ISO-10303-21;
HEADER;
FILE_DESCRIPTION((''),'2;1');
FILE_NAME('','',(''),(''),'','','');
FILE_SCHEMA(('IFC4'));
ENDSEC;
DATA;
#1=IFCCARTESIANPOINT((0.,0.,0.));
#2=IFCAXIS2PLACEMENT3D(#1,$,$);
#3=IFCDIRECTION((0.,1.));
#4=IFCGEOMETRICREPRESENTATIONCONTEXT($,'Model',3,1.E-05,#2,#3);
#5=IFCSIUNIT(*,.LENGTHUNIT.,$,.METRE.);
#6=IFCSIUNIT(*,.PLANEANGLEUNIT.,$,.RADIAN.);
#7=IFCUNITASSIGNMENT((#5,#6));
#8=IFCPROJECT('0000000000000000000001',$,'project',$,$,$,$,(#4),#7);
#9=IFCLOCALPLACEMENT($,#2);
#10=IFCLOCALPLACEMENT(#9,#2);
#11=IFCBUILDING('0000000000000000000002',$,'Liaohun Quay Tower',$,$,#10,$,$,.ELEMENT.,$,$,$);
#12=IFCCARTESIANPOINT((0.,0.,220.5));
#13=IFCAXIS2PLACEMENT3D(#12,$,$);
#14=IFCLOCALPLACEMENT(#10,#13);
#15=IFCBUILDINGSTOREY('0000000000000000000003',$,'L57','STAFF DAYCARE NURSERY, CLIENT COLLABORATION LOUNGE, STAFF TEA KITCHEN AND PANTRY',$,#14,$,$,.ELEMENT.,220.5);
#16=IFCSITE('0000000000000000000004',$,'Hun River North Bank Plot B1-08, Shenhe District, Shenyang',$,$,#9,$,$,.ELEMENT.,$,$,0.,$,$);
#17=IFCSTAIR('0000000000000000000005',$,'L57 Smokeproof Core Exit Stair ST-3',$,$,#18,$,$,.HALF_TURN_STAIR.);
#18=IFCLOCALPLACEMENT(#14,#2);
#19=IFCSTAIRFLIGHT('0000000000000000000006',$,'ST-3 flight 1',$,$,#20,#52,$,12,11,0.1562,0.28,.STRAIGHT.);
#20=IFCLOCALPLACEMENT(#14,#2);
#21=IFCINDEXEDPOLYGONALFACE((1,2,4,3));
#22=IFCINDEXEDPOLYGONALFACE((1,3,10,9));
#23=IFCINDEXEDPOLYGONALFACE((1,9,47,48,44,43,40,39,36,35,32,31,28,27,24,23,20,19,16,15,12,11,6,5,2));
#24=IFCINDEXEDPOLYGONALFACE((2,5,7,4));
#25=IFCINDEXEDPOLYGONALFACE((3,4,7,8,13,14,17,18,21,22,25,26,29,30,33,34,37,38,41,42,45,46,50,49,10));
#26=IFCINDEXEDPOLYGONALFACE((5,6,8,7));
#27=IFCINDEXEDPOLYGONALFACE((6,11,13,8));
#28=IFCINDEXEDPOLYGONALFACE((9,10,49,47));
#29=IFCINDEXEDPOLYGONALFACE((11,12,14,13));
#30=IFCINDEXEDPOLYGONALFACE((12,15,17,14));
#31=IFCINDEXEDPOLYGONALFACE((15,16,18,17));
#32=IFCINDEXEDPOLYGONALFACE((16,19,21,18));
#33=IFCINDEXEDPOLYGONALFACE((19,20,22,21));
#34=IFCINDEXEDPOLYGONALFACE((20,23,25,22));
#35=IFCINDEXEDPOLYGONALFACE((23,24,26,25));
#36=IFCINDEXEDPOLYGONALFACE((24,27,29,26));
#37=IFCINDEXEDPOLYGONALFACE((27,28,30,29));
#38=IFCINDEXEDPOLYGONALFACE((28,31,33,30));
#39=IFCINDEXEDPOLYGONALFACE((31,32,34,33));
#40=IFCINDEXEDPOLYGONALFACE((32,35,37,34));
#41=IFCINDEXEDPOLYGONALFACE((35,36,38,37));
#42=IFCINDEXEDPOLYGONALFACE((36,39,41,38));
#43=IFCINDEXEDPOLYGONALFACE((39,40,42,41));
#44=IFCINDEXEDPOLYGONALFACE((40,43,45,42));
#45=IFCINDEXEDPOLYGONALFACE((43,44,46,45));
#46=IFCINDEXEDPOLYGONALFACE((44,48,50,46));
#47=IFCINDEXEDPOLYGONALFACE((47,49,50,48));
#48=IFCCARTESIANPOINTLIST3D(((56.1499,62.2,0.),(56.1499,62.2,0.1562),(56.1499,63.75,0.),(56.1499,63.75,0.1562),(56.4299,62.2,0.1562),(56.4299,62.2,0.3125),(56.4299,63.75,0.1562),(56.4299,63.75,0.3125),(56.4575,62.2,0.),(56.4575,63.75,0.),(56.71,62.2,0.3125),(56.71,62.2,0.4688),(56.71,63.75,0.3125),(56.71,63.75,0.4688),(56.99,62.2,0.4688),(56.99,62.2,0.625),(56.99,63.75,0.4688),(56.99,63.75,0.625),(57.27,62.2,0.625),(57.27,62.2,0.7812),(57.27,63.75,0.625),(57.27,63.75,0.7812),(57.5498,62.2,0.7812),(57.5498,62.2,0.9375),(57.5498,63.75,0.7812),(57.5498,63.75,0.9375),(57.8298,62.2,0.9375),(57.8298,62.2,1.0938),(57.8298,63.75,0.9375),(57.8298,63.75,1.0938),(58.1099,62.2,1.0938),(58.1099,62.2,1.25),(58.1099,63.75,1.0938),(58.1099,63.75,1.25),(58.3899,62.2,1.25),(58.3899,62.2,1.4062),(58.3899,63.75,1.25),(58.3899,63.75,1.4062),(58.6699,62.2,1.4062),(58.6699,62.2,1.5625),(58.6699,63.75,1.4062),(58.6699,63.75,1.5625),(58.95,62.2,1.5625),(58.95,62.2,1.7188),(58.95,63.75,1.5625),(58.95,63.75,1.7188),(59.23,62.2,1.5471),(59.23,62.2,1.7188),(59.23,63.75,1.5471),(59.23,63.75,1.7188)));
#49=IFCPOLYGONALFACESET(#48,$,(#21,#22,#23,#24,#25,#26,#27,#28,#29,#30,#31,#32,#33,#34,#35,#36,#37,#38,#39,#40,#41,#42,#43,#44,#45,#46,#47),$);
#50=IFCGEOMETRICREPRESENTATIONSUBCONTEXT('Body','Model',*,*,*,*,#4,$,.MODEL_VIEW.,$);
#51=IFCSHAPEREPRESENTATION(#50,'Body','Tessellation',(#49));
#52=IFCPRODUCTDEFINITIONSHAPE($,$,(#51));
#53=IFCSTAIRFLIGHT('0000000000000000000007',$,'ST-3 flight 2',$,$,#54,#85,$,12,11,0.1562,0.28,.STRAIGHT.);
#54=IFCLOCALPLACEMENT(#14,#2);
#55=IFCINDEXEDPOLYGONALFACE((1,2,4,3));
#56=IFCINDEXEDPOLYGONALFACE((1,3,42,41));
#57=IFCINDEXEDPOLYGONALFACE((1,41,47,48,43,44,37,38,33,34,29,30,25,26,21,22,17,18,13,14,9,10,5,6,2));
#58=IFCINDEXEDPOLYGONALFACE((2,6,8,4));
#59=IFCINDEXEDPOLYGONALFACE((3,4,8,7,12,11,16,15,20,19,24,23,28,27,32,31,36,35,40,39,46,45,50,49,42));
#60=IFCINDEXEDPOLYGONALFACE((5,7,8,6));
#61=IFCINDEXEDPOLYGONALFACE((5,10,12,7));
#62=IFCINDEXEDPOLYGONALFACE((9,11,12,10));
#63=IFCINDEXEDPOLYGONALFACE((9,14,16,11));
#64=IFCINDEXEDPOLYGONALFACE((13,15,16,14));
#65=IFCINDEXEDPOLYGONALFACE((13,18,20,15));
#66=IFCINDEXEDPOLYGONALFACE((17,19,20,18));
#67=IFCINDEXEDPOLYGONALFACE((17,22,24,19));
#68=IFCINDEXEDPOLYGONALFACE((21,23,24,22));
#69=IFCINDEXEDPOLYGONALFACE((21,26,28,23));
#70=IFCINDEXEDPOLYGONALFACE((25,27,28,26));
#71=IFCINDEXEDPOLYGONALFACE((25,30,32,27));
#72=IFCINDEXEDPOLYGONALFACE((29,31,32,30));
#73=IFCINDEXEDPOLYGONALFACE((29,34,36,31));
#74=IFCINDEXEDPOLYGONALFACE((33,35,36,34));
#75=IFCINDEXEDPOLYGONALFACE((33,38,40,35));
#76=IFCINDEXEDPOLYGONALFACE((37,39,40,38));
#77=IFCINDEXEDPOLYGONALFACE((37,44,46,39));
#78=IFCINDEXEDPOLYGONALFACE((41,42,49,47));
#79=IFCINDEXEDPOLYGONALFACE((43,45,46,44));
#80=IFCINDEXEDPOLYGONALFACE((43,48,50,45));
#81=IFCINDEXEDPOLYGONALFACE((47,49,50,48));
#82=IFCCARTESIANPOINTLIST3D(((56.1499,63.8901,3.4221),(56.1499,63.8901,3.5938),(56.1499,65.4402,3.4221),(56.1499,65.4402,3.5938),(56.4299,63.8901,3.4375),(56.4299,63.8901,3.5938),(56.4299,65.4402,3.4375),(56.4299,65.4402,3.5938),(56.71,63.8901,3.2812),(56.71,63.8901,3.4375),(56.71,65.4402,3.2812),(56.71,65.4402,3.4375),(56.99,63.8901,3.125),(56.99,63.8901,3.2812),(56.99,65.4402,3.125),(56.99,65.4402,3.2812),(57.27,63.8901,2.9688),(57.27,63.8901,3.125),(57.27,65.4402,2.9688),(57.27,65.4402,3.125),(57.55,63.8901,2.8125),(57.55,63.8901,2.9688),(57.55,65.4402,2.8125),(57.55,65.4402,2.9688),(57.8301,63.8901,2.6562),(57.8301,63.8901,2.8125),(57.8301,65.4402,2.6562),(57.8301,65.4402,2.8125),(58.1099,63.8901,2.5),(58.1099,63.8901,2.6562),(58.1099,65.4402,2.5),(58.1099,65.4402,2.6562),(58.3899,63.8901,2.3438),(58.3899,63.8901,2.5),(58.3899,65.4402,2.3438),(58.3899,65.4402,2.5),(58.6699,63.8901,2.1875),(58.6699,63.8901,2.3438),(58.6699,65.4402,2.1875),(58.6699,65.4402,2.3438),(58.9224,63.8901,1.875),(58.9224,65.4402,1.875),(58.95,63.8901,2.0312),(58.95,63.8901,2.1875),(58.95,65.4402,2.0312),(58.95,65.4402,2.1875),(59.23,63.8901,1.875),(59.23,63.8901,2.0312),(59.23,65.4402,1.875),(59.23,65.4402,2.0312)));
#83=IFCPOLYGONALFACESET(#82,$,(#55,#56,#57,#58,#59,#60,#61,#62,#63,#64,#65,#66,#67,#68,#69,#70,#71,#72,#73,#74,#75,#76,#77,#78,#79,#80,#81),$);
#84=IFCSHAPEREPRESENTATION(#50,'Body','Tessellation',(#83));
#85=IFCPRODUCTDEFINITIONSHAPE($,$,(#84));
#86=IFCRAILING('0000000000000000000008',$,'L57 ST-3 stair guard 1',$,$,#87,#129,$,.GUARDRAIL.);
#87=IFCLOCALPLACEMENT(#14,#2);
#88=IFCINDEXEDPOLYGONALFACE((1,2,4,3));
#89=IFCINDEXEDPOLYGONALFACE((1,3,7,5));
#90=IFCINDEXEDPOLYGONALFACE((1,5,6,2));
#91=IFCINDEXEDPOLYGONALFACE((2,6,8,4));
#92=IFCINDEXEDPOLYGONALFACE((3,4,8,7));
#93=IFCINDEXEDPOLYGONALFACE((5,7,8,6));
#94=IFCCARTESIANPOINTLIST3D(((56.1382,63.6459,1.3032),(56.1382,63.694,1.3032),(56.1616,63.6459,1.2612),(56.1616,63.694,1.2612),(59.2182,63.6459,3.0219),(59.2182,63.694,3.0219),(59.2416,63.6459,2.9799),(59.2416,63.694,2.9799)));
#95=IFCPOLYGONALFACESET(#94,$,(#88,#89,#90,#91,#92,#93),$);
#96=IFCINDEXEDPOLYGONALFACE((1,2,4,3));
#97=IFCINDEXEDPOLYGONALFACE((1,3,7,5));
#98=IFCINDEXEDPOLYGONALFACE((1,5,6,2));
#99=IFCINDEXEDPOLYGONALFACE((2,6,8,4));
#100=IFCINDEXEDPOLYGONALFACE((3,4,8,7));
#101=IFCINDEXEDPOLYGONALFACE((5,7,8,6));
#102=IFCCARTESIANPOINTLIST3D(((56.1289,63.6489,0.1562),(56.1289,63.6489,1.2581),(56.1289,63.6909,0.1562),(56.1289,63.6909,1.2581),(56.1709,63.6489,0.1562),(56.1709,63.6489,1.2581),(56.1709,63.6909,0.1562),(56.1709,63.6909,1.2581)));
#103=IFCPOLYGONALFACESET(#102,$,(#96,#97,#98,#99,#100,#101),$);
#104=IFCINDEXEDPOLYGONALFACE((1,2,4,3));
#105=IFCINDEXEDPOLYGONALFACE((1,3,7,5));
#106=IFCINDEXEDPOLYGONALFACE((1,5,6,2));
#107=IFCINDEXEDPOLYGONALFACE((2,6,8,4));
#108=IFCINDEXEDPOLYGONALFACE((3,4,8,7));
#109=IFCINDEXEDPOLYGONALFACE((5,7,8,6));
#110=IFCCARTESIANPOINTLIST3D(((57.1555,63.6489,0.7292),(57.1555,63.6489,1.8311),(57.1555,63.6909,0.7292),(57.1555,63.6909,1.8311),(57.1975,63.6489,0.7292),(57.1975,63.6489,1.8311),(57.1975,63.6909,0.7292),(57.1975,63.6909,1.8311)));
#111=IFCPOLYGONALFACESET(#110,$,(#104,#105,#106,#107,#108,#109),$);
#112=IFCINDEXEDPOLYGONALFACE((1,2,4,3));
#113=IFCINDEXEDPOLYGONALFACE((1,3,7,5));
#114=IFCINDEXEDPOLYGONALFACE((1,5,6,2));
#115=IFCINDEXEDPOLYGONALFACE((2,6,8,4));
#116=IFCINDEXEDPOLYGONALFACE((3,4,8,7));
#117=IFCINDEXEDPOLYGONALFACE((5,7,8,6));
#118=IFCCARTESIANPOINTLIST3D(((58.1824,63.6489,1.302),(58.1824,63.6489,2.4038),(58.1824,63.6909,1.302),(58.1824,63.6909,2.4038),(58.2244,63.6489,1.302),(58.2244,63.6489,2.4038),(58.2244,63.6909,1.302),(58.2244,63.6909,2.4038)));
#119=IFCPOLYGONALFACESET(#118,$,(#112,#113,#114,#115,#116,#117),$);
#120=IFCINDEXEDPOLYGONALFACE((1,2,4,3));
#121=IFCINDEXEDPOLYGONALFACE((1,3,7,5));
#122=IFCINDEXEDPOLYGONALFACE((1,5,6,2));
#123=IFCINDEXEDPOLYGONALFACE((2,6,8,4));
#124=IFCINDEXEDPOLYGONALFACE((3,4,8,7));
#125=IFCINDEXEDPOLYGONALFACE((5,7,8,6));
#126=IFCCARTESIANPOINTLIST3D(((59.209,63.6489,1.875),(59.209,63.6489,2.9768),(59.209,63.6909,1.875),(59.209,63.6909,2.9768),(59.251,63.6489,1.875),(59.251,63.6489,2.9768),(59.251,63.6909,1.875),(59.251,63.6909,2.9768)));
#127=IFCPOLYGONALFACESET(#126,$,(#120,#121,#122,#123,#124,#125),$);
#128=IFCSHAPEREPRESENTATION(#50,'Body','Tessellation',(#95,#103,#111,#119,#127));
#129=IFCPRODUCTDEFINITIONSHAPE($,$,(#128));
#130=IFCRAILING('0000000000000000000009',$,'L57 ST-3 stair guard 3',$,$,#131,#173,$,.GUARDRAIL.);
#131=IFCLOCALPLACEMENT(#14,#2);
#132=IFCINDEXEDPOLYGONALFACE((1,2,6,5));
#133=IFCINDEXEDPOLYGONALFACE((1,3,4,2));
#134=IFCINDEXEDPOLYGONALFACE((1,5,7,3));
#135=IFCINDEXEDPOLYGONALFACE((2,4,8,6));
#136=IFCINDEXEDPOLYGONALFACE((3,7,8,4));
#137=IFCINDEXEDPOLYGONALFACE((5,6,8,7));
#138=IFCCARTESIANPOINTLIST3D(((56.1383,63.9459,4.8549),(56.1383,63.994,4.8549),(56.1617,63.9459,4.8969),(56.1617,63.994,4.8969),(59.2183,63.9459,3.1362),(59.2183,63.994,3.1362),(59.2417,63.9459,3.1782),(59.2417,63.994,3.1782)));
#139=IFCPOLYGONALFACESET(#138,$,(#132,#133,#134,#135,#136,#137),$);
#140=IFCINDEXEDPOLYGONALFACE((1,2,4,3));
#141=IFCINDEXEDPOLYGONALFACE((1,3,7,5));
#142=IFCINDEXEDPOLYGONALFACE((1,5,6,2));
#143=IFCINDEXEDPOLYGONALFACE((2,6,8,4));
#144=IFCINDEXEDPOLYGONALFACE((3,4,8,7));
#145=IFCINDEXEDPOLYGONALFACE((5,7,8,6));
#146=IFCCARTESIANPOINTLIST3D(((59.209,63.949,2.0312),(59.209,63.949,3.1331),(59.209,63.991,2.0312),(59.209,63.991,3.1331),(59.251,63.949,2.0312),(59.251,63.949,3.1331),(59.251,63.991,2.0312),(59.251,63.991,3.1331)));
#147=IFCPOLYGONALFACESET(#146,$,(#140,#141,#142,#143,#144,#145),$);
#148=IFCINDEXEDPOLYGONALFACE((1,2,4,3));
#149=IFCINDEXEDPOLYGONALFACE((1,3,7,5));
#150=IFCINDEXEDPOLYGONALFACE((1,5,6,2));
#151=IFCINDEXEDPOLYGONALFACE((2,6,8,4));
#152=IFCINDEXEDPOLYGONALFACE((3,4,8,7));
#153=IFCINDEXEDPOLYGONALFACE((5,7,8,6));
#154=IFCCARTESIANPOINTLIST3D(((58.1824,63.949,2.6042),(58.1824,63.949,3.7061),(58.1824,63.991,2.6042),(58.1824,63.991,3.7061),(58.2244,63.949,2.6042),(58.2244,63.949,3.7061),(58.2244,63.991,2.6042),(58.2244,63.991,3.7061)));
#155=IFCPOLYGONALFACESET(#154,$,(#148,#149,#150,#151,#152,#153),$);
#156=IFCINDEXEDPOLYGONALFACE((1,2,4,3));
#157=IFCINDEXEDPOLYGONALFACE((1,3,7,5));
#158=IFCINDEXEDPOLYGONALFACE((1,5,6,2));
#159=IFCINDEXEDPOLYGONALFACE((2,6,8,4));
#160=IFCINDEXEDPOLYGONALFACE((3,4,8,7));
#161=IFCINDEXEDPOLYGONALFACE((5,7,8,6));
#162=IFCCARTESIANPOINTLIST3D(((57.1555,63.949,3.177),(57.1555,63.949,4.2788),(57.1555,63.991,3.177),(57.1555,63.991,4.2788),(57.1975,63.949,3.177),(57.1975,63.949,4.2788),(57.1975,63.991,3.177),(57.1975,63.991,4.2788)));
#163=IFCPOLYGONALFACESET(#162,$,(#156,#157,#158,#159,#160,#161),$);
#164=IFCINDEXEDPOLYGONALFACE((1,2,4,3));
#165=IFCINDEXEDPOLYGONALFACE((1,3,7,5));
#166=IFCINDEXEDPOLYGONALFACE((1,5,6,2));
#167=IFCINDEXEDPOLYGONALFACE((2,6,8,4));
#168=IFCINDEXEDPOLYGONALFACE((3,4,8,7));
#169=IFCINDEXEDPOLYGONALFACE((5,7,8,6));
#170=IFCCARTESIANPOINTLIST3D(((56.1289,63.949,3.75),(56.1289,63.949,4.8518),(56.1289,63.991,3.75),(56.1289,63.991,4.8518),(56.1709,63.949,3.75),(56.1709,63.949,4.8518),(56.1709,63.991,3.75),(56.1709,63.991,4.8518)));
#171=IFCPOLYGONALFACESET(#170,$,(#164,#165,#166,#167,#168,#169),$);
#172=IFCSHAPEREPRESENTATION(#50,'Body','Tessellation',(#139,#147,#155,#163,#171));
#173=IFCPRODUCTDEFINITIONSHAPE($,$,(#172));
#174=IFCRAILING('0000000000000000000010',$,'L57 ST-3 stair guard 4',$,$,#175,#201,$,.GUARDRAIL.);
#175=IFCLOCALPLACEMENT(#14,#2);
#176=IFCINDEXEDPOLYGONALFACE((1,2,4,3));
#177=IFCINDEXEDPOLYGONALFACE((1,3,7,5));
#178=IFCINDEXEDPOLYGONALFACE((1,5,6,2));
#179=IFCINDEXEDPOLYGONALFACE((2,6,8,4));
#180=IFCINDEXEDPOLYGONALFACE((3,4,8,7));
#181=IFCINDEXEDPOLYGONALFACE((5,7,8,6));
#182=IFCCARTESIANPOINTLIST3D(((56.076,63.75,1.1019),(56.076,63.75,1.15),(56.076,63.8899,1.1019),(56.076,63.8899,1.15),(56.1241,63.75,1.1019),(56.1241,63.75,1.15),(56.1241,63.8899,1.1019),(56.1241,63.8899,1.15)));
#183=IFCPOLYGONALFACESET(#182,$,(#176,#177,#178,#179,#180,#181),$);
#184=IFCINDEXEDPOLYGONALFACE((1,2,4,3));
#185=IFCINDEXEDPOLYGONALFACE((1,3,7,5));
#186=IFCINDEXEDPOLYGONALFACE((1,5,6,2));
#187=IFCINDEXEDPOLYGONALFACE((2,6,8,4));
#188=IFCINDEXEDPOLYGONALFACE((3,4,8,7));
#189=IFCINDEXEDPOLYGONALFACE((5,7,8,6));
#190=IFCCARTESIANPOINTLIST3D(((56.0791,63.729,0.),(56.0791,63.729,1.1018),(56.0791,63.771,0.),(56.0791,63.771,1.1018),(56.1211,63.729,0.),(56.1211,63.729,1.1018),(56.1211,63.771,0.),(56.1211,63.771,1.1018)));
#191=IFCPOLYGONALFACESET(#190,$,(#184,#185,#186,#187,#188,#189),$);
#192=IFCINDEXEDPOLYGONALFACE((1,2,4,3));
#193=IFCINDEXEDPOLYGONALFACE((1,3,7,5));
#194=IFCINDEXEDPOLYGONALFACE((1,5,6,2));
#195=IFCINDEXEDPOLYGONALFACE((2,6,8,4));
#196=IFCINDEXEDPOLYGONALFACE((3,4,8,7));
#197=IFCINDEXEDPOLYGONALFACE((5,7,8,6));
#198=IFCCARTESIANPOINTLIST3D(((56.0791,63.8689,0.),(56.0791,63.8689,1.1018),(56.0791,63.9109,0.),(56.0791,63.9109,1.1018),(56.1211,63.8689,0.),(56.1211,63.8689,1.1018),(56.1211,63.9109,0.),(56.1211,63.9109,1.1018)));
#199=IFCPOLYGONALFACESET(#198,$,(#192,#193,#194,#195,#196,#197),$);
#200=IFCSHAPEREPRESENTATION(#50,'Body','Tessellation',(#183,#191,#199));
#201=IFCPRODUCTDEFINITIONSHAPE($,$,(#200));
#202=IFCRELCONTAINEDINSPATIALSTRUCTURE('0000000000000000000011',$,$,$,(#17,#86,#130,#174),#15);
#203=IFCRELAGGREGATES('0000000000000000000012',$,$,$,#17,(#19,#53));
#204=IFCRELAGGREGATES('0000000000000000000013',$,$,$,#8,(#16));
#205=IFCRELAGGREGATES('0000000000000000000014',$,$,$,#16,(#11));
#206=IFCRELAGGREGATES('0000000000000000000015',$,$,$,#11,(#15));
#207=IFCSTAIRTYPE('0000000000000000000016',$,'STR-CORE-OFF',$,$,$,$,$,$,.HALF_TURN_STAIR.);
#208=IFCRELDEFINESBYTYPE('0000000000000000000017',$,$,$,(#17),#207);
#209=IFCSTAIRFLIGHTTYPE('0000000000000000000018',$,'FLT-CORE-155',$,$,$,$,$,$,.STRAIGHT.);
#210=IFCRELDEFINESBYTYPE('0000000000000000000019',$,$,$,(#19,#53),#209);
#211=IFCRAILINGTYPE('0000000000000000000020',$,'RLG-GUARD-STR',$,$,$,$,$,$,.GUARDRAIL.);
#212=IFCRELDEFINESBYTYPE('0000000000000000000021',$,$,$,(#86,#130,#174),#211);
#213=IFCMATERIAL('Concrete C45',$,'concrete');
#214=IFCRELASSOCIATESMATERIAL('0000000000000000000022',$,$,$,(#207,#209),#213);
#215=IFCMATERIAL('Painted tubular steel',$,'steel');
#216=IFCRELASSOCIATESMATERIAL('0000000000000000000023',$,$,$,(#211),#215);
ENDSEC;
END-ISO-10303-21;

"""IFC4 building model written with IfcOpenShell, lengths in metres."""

from ifc_helpers import new_model, si_unit, direction, frame, origin, origin_2d, place, context, subcontext, project, spatial, polyline, rectangle, outline, extrude, material, type_object, element, aggregate, save


model = new_model("IFC4")

# Units and contexts
model_context = context("Model", 3, precision=1e-05, world=origin(), true_north=direction((0.0, 1.0)))
body_context = subcontext(model_context, "Body", "Model", "MODEL_VIEW")
ifc_project = project(units=[si_unit("LENGTHUNIT", "METRE"), si_unit("PLANEANGLEUNIT", "RADIAN")], contexts=[model_context])

# Site, building, storey
site_placement = place(None, origin())
site = spatial("IfcSite", under=ifc_project, at=site_placement, Name="Hun River North Bank Plot B1-08, Shenhe District, Shenyang", CompositionType="ELEMENT", RefElevation=0.0)
building_placement = place(site_placement, origin())
building = spatial("IfcBuilding", under=site, at=building_placement, Name="Liaohun Quay Tower", CompositionType="ELEMENT")
storey_placement = place(building_placement, frame((0.0, 0.0, 220.5)))
storey = spatial("IfcBuildingStorey", under=building, at=storey_placement, Name="L57", Description="STAFF DAYCARE NURSERY, CLIENT COLLABORATION LOUNGE, STAFF TEA KITCHEN AND PANTRY", CompositionType="ELEMENT", Elevation=220.5)

# Stair, stair flights
ifc_material_1 = material(Name="Concrete C45", Category="concrete")
stair_type = type_object("IfcStairType", Name="STR-CORE-OFF", PredefinedType="HALF_TURN_STAIR", material=ifc_material_1)
stair_placement = place(storey_placement, origin())
stair = element("IfcStair", 1, at=stair_placement, inside=storey, type_object=stair_type, Name="L57 Smokeproof Core Exit Stair ST-3", PredefinedType="HALF_TURN_STAIR")
stair_flight_type = type_object("IfcStairFlightType", Name="FLT-CORE-155", PredefinedType="STRAIGHT", material=ifc_material_1)
stair_flight_1_placement = place(storey_placement, frame((56.1499, 62.9751, 0.0), z_axis=(0.0, 0.0, 1.0), x_axis=(1.0, 0.0, 0.0)))
stair_flight_1 = element("IfcStairFlight", 2, at=stair_flight_1_placement, type_object=stair_flight_type, Name="ST-3 flight 1", NumberOfRisers=12, NumberOfTreads=11, PredefinedType="STRAIGHT", RiserHeight=0.1562, TreadLength=0.28, context=body_context, shape_type="SweptSolid", body=[
    extrude(outline(polyline([(0.0, 0.0), (0.0, 0.1562), (0.28, 0.1562), (0.28, 0.3125), (0.5601, 0.3125), (0.5601, 0.4688), (0.8401, 0.4688), (0.8401, 0.625), (1.1201, 0.625), (1.1201, 0.7812), (1.3999, 0.7812), (1.3999, 0.9375), (1.6799, 0.9375), (1.6799, 1.0938), (1.96, 1.0938), (1.96, 1.25), (2.24, 1.25), (2.24, 1.4062), (2.52, 1.4062), (2.52, 1.5625), (2.8, 1.5625), (2.8, 1.7188), (3.0801, 1.7188), (3.0801, 1.875), (3.0801, 1.5471), (0.3076, 0.0), (0.0, 0.0)])), frame((0.0, 0.7749, 0.0), z_axis=(0.0, -1.0, 0.0), x_axis=(1.0, 0.0, 0.0)), (0.0, 0.0, 1.0), 1.55),
])
stair_flight_2_placement = place(storey_placement, frame((59.23, 64.665, 1.875), z_axis=(0.0, 0.0, 1.0), x_axis=(-1.0, 0.0, 0.0)))
stair_flight_2 = element("IfcStairFlight", 3, at=stair_flight_2_placement, type_object=stair_flight_type, Name="ST-3 flight 2", NumberOfRisers=12, NumberOfTreads=11, PredefinedType="STRAIGHT", RiserHeight=0.1562, TreadLength=0.28, context=body_context, shape_type="SweptSolid", body=[
    extrude(outline(polyline([(0.0, 0.0), (0.0, 0.1562), (0.28, 0.1562), (0.28, 0.3125), (0.5601, 0.3125), (0.5601, 0.4688), (0.8401, 0.4688), (0.8401, 0.625), (1.1201, 0.625), (1.1201, 0.7812), (1.3999, 0.7812), (1.3999, 0.9375), (1.6799, 0.9375), (1.6799, 1.0938), (1.96, 1.0938), (1.96, 1.25), (2.24, 1.25), (2.24, 1.4062), (2.52, 1.4062), (2.52, 1.5625), (2.8, 1.5625), (2.8, 1.7188), (3.0801, 1.7188), (3.0801, 1.875), (3.0801, 1.5471), (0.3076, 0.0), (0.0, 0.0)])), frame((0.0, 0.7749, 0.0), z_axis=(0.0, -1.0, 0.0), x_axis=(1.0, 0.0, 0.0)), (0.0, 0.0, 1.0), 1.55),
])
aggregate(stair, [stair_flight_1, stair_flight_2])

# Railings
ifc_material_2 = material(Name="Painted tubular steel", Category="steel")
railing_type_1 = type_object("IfcRailingType", Name="RLG-GUARD-STR", PredefinedType="GUARDRAIL", material=ifc_material_2)
railing_1_placement = place(storey_placement, frame((56.1499, 63.6699, 0.1562)))
element("IfcRailing", 4, at=railing_1_placement, inside=storey, type_object=railing_type_1, Name="L57 ST-3 stair guard 1", PredefinedType="GUARDRAIL", context=body_context, shape_type="SweptSolid", body=[
    extrude(rectangle(XDim=0.0481, YDim=0.0481, at=origin_2d()), frame((0.0, 0.0, 1.126), z_axis=(0.873242, 0.0, 0.487288), x_axis=(0.0, 1.0, 0.0)), (0.0, 0.0, 1.0), 3.5271),
    extrude(rectangle(XDim=0.042, YDim=0.042, at=origin_2d()), origin(), (0.0, 0.0, 1.0), 1.1018),
    extrude(rectangle(XDim=0.042, YDim=0.042, at=origin_2d()), frame((1.0266, 0.0, 0.573)), (0.0, 0.0, 1.0), 1.1018),
    extrude(rectangle(XDim=0.042, YDim=0.042, at=origin_2d()), frame((2.0535, 0.0, 1.1458)), (0.0, 0.0, 1.0), 1.1018),
    extrude(rectangle(XDim=0.042, YDim=0.042, at=origin_2d()), frame((3.0801, 0.0, 1.7188)), (0.0, 0.0, 1.0), 1.1018),
])
railing_2_placement = place(storey_placement, frame((59.23, 63.97, 2.0312)))
element("IfcRailing", 5, at=railing_2_placement, inside=storey, type_object=railing_type_1, Name="L57 ST-3 stair guard 3", PredefinedType="GUARDRAIL", context=body_context, shape_type="SweptSolid", body=[
    extrude(rectangle(XDim=0.0481, YDim=0.0481, at=origin_2d()), frame((0.0, 0.0, 1.126), z_axis=(-0.873242, 0.0, 0.487288), x_axis=(0.0, -1.0, 0.0)), (0.0, 0.0, 1.0), 3.5271),
    extrude(rectangle(XDim=0.042, YDim=0.042, at=origin_2d()), origin(), (0.0, 0.0, 1.0), 1.1018),
    extrude(rectangle(XDim=0.042, YDim=0.042, at=origin_2d()), frame((-1.0266, 0.0, 0.573)), (0.0, 0.0, 1.0), 1.1018),
    extrude(rectangle(XDim=0.042, YDim=0.042, at=origin_2d()), frame((-2.0535, 0.0, 1.1458)), (0.0, 0.0, 1.0), 1.1018),
    extrude(rectangle(XDim=0.042, YDim=0.042, at=origin_2d()), frame((-3.0801, 0.0, 1.7188)), (0.0, 0.0, 1.0), 1.1018),
])
railing_3_placement = place(storey_placement, frame((56.1001, 63.75, 0.0)))
element("IfcRailing", 6, at=railing_3_placement, inside=storey, type_object=railing_type_1, Name="L57 ST-3 stair guard 4", PredefinedType="GUARDRAIL", context=body_context, shape_type="SweptSolid", body=[
    extrude(rectangle(XDim=0.0481, YDim=0.0481, at=origin_2d()), frame((0.0, 0.0, 1.126), z_axis=(0.0, 1.0, 0.0), x_axis=(-1.0, 0.0, 0.0)), (0.0, 0.0, 1.0), 0.1399),
    extrude(rectangle(XDim=0.042, YDim=0.042, at=origin_2d()), origin(), (0.0, 0.0, 1.0), 1.1018),
    extrude(rectangle(XDim=0.042, YDim=0.042, at=origin_2d()), frame((0.0, 0.1399, 0.0)), (0.0, 0.0, 1.0), 1.1018),
])

save(model, "model.ifc")
